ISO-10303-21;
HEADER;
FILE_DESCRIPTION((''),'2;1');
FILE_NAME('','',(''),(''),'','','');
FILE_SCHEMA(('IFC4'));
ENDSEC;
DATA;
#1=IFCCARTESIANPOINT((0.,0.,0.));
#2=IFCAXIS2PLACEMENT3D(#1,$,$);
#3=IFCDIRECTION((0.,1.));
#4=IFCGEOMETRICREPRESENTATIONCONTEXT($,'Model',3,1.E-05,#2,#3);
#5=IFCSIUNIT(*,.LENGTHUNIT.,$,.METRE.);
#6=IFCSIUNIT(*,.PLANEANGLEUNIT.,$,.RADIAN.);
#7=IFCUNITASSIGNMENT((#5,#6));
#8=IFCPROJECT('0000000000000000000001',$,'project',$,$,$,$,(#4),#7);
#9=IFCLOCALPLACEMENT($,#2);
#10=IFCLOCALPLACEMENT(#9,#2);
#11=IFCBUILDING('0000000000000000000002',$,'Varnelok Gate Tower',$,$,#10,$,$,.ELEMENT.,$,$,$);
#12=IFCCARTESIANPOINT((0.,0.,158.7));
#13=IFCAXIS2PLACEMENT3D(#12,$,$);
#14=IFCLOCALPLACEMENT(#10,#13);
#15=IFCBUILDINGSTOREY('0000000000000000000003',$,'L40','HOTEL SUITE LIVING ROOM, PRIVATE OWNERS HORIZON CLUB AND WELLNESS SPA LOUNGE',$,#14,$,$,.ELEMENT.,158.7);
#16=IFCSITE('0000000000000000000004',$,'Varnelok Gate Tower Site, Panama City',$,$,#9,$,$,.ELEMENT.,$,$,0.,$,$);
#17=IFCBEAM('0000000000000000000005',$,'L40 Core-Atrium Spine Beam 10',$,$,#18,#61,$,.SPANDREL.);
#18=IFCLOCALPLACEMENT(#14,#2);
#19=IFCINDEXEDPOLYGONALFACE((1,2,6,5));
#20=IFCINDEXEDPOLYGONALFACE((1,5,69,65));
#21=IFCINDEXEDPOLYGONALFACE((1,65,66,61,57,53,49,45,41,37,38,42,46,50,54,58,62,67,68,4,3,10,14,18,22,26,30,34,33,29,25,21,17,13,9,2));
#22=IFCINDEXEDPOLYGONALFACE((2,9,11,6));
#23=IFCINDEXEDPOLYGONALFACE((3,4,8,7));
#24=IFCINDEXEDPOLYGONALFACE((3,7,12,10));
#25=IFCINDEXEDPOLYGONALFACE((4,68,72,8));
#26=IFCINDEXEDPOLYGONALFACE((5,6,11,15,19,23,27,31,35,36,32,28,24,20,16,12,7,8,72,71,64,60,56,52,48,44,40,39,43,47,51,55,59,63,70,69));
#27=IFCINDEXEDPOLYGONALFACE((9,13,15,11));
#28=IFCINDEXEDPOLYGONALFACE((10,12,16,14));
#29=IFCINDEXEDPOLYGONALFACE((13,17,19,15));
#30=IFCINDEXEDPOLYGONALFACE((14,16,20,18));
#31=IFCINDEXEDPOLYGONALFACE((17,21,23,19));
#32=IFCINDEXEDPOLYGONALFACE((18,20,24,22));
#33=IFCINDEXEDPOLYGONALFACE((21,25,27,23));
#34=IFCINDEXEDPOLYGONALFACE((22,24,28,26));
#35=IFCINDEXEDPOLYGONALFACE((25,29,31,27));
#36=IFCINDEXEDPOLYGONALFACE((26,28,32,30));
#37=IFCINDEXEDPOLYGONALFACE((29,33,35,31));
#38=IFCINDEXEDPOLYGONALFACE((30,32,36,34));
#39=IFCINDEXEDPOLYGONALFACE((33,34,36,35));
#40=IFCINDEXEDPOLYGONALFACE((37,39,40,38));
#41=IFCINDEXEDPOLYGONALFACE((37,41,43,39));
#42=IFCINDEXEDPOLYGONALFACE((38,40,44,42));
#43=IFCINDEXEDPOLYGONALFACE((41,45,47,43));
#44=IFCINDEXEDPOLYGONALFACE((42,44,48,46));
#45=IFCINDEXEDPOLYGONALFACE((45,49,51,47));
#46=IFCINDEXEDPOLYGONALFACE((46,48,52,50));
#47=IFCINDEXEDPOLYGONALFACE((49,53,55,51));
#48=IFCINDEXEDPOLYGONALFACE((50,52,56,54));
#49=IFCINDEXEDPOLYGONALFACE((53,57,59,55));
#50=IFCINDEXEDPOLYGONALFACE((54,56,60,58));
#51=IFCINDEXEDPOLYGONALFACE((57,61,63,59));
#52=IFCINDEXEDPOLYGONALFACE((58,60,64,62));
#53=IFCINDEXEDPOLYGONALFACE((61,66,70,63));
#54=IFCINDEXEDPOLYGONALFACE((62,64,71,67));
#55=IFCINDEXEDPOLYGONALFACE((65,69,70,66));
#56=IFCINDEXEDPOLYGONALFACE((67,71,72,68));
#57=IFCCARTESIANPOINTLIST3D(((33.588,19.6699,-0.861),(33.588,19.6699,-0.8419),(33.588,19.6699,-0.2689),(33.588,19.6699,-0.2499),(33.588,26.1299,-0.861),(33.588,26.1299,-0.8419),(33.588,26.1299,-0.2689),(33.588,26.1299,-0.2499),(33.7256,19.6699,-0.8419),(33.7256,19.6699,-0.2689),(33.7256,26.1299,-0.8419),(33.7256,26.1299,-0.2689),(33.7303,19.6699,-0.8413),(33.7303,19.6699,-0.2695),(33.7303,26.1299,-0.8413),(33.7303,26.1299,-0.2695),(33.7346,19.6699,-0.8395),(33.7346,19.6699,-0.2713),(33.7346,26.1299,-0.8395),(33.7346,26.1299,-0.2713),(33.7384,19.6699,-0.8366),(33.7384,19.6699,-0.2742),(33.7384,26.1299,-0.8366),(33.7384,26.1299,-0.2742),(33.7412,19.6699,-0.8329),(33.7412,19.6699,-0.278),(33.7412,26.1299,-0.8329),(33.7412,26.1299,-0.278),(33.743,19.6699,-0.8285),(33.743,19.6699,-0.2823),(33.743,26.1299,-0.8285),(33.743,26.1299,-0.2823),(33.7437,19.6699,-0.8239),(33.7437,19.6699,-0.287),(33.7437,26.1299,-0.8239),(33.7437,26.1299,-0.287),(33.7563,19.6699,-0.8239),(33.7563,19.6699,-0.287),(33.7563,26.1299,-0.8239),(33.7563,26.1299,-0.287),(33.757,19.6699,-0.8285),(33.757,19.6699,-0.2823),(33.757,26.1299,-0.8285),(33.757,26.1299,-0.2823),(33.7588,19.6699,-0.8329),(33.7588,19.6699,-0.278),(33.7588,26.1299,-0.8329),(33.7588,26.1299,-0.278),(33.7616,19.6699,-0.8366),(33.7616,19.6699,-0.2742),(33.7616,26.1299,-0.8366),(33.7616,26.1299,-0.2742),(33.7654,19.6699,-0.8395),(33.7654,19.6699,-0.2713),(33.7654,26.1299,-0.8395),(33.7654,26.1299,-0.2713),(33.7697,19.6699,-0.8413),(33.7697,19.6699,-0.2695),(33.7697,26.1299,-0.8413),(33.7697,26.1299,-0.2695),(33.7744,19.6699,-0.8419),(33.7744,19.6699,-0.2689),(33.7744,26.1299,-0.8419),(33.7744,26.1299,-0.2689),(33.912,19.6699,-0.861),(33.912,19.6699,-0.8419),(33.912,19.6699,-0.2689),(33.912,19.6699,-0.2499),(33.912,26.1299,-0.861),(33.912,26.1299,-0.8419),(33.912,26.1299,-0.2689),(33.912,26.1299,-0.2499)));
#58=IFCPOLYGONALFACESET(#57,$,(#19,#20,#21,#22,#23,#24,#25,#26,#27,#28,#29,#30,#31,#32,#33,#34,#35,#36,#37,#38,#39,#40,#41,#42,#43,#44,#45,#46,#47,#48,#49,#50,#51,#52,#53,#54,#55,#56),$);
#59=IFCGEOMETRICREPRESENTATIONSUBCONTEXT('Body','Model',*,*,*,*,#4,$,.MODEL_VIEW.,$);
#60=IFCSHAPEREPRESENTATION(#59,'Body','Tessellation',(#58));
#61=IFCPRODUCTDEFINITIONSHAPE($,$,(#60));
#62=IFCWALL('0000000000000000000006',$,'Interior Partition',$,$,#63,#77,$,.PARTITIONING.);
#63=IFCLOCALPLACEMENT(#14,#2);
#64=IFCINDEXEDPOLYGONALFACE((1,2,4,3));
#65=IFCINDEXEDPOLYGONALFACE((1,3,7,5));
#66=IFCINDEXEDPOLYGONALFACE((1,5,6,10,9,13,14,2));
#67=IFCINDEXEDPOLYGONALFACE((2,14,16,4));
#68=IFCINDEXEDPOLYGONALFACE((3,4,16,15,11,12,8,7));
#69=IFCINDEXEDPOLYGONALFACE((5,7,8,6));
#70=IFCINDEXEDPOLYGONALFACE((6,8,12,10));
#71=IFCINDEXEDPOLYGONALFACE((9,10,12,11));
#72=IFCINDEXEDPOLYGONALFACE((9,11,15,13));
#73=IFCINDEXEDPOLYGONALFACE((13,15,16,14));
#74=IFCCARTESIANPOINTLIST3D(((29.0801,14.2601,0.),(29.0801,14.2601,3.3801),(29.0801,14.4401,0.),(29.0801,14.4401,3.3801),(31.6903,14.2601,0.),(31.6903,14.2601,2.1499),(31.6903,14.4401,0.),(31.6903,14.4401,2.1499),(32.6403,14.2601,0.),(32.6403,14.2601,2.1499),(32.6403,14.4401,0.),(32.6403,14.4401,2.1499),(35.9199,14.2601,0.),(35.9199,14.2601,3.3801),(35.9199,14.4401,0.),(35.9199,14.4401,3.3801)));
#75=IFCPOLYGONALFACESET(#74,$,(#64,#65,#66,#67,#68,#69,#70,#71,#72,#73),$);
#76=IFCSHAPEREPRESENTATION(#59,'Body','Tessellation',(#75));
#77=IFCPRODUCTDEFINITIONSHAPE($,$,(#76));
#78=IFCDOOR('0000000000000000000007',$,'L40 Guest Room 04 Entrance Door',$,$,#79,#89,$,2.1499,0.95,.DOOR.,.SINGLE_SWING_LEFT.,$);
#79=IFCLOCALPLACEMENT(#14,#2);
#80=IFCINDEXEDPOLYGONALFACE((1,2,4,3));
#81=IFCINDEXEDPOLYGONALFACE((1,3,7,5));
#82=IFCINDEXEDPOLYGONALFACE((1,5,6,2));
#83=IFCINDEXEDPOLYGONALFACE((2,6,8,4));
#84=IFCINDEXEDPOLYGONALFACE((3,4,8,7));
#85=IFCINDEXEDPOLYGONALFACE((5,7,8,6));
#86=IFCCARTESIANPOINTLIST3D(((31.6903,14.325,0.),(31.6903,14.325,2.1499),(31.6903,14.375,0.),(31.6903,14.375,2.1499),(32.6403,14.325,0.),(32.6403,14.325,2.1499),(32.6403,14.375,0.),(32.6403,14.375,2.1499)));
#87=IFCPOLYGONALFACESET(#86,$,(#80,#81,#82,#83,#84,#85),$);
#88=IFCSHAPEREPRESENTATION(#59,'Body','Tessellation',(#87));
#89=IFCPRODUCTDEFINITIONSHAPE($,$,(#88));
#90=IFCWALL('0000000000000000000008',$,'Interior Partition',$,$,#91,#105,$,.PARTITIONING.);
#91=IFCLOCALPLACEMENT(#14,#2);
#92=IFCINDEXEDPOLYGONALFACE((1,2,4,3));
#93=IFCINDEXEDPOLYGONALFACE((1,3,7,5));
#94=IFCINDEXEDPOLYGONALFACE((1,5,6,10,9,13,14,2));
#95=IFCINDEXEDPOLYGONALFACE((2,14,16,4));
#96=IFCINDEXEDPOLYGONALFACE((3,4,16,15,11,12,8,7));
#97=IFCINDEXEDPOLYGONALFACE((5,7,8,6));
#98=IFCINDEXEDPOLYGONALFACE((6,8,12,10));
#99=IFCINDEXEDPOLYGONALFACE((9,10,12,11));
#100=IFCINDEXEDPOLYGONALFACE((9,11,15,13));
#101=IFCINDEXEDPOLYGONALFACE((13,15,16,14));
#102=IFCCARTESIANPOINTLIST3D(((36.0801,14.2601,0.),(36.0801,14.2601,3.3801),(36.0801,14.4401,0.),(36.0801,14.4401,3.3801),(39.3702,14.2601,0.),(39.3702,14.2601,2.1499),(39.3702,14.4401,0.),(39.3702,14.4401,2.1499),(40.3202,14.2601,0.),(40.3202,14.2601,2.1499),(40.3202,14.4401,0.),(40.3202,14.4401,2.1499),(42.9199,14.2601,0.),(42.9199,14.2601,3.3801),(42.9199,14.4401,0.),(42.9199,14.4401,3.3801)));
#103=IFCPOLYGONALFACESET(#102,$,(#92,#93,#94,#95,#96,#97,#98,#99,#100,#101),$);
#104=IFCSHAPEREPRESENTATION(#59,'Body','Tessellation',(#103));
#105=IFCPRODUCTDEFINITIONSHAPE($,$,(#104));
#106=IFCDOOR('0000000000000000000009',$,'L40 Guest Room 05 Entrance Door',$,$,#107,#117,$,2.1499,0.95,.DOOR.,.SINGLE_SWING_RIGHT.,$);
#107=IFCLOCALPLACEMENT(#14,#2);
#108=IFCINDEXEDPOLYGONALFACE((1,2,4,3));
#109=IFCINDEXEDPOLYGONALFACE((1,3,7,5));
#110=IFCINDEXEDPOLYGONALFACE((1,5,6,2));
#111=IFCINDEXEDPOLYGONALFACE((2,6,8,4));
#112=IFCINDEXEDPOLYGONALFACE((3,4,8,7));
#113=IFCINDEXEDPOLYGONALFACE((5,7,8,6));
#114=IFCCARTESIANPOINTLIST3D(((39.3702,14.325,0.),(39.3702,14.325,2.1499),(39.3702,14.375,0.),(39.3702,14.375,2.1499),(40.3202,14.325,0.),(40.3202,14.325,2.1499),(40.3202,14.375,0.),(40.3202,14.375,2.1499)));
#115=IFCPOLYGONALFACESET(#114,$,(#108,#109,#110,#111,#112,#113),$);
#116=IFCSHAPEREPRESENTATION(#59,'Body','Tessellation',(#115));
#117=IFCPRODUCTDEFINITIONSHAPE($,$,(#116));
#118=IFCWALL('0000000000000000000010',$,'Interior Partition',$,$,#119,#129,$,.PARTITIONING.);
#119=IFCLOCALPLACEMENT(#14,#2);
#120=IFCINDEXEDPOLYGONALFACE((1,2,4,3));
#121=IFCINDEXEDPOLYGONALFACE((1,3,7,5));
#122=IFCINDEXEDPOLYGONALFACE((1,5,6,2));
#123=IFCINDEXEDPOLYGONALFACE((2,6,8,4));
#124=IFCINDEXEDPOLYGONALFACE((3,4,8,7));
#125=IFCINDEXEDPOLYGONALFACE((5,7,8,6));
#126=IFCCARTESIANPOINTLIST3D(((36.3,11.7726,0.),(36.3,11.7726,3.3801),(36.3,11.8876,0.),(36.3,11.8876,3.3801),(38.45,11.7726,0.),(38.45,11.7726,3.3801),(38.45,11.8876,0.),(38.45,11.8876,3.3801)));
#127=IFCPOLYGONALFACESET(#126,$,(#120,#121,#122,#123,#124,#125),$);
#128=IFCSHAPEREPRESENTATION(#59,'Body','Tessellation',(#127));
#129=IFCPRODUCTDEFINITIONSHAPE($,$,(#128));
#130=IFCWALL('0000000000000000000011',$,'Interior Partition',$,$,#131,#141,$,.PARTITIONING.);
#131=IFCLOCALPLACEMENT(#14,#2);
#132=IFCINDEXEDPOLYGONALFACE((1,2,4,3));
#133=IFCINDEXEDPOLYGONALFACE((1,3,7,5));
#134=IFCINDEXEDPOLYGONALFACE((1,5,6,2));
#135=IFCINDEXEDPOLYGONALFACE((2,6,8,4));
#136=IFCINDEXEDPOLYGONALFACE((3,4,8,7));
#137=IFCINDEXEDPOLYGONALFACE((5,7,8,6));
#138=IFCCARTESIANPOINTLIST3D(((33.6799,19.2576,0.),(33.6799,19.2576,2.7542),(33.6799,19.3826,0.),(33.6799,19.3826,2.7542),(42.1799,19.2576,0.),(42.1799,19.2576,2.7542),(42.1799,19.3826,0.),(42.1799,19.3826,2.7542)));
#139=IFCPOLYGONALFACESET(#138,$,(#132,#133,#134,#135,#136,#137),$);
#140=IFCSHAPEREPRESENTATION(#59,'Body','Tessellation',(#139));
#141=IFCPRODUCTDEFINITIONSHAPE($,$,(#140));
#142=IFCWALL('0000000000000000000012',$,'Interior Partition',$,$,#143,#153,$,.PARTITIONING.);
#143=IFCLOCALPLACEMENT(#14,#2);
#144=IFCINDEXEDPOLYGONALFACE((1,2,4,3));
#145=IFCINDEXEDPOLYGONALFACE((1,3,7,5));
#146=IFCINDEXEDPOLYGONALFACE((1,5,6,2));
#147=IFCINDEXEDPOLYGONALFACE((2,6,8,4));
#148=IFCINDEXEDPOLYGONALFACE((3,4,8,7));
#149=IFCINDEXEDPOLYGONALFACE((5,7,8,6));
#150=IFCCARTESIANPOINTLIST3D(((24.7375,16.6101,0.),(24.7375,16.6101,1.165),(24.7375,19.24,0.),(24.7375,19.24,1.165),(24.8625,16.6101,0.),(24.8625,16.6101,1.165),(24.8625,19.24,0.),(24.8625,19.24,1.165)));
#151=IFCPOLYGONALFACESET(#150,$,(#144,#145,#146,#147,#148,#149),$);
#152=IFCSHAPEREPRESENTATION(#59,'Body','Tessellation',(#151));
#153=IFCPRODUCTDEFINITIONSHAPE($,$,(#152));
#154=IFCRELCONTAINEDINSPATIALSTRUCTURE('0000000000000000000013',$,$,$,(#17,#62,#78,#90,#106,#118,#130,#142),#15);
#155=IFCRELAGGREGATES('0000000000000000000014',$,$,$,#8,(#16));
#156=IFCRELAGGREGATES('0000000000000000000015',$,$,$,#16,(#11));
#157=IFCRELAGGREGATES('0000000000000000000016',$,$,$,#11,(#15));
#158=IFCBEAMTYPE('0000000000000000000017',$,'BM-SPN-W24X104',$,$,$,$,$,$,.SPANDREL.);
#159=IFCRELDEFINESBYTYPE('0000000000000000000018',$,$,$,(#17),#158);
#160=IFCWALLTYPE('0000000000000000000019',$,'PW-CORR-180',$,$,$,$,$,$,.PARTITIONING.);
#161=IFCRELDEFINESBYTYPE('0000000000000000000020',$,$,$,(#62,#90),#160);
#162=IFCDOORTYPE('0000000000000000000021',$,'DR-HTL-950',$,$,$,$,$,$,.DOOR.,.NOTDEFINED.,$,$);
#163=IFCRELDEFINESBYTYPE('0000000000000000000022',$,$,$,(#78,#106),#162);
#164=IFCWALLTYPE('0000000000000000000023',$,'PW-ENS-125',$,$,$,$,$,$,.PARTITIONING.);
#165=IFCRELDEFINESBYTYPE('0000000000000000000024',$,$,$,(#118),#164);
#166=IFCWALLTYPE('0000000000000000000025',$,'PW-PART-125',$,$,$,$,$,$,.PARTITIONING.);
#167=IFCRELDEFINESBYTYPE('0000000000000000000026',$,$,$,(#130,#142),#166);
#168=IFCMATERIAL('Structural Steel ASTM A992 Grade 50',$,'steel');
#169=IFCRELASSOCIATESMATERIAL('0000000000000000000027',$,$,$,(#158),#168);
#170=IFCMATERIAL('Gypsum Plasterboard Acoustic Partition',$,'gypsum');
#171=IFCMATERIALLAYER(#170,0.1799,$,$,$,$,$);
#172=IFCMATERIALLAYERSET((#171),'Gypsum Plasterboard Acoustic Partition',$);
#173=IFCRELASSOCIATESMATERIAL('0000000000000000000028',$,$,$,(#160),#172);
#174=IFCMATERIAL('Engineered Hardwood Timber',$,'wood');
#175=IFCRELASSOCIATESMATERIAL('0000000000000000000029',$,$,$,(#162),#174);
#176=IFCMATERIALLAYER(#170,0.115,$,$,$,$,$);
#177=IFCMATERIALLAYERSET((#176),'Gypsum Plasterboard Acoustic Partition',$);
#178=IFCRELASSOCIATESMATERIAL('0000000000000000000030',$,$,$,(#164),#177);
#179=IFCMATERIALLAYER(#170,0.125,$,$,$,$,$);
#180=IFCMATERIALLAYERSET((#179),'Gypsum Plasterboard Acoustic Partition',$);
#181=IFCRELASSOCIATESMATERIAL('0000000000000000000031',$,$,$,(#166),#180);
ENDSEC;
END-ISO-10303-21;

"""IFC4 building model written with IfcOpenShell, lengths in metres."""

from ifc_helpers import new_model, si_unit, direction, frame, frame_2d, origin, origin_2d, place, context, subcontext, project, spatial, rectangle, i_section, extrude, material, layer, layer_set, material_profile, profile_set, type_object, element, fill, save


model = new_model("IFC4")

# Units and contexts
model_context = context("Model", 3, precision=1e-05, world=origin(), true_north=direction((0.0, 1.0)))
body_context = subcontext(model_context, "Body", "Model", "MODEL_VIEW")
ifc_project = project(units=[si_unit("LENGTHUNIT", "METRE"), si_unit("PLANEANGLEUNIT", "RADIAN")], contexts=[model_context])

# Site, building, storey
site_placement = place(None, origin())
site = spatial("IfcSite", under=ifc_project, at=site_placement, Name="Varnelok Gate Tower Site, Panama City", CompositionType="ELEMENT", RefElevation=0.0)
building_placement = place(site_placement, origin())
building = spatial("IfcBuilding", under=site, at=building_placement, Name="Varnelok Gate Tower", CompositionType="ELEMENT")
storey_placement = place(building_placement, frame((0.0, 0.0, 158.7)))
storey = spatial("IfcBuildingStorey", under=building, at=storey_placement, Name="L40", Description="HOTEL SUITE LIVING ROOM, PRIVATE OWNERS HORIZON CLUB AND WELLNESS SPA LOUNGE", CompositionType="ELEMENT", Elevation=158.7)

# Shared definitions
ifc_material_1 = material(Name="Structural Steel ASTM A992 Grade 50", Category="steel")

# Beam
ifc_material_profile_1 = material_profile(ifc_material_1, i_section(OverallWidth=0.324, OverallDepth=0.6111, WebThickness=0.0127, FlangeThickness=0.019, FilletRadius=0.0181, at=origin_2d()), Name="W24X104")
ifc_profile_set_1 = profile_set([ifc_material_profile_1], Name="Structural Steel ASTM A992 Grade 50")
beam_type_1 = type_object("IfcBeamType", Name="BM-SPN-W24X104", PredefinedType="SPANDREL", material=ifc_profile_set_1)
beam_1_placement = place(storey_placement, frame((33.75, 19.6699, -0.5554), z_axis=(0.0, 1.0, 0.0), x_axis=(-1.0, 0.0, 0.0)))
element("IfcBeam", 1, at=beam_1_placement, inside=storey, type_object=beam_type_1, Name="L40 Core-Atrium Spine Beam 10", PredefinedType="SPANDREL", context=body_context, shape_type="SweptSolid", body=[
    extrude(i_section(OverallWidth=0.324, OverallDepth=0.6111, WebThickness=0.0127, FlangeThickness=0.019, FilletRadius=0.0181, at=origin_2d()), origin(), (0.0, 0.0, 1.0), 6.46),
])

# Walls, openings, doors
ifc_material_2 = material(Name="Gypsum Plasterboard Acoustic Partition", Category="gypsum")
ifc_layer_1 = layer(ifc_material_2, 0.1799)
ifc_layer_set_1 = layer_set([ifc_layer_1], Name="Gypsum Plasterboard Acoustic Partition")
wall_type_1 = type_object("IfcWallType", Name="PW-CORR-180", PredefinedType="PARTITIONING", material=ifc_layer_set_1)
wall_1_placement = place(storey_placement, frame((29.0801, 14.3501, 0.0), z_axis=(0.0, 0.0, 1.0), x_axis=(1.0, 0.0, 0.0)))
wall_1 = element("IfcWall", 2, at=wall_1_placement, inside=storey, type_object=wall_type_1, Name="Interior Partition", PredefinedType="PARTITIONING", context=body_context, shape_type="SweptSolid", body=[
    extrude(rectangle(XDim=6.8398, YDim=0.1799, at=frame_2d((3.4199, 0.0))), origin(), (0.0, 0.0, 1.0), 3.3801),
])
opening_1_placement = place(wall_1_placement, frame((2.6101, 0.0, 0.0)))
opening_1 = element("IfcOpeningElement", 3, at=opening_1_placement, cuts=wall_1, PredefinedType="OPENING", context=body_context, shape_type="SweptSolid", body=[
    extrude(rectangle(XDim=0.95, YDim=2.1499, at=frame_2d((0.4751, 1.075))), frame((0.0, 0.0999, 0.0), z_axis=(0.0, -1.0, 0.0), x_axis=(1.0, 0.0, 0.0)), (0.0, 0.0, 1.0), 0.2),
])
ifc_material_3 = material(Name="Engineered Hardwood Timber", Category="wood")
door_type_1 = type_object("IfcDoorType", Name="DR-HTL-950", OperationType="NOTDEFINED", PredefinedType="DOOR", material=ifc_material_3)
door_1_placement = place(opening_1_placement, origin())
door_1 = element("IfcDoor", 4, at=door_1_placement, inside=storey, type_object=door_type_1, Name="L40 Guest Room 04 Entrance Door", OperationType="SINGLE_SWING_LEFT", OverallHeight=2.1499, OverallWidth=0.95, PredefinedType="DOOR", context=body_context, shape_type="SweptSolid", body=[
    extrude(rectangle(XDim=0.95, YDim=2.1499, at=frame_2d((0.4751, 1.075))), frame((0.0, 0.0249, 0.0), z_axis=(0.0, -1.0, 0.0), x_axis=(1.0, 0.0, 0.0)), (0.0, 0.0, 1.0), 0.05),
])
fill(opening_1, door_1)
wall_2_placement = place(storey_placement, frame((36.0801, 14.3501, 0.0), z_axis=(0.0, 0.0, 1.0), x_axis=(1.0, 0.0, 0.0)))
wall_2 = element("IfcWall", 5, at=wall_2_placement, inside=storey, type_object=wall_type_1, Name="Interior Partition", PredefinedType="PARTITIONING", context=body_context, shape_type="SweptSolid", body=[
    extrude(rectangle(XDim=6.8398, YDim=0.1799, at=frame_2d((3.4199, 0.0))), origin(), (0.0, 0.0, 1.0), 3.3801),
])
opening_2_placement = place(wall_2_placement, frame((3.29, 0.0, 0.0)))
opening_2 = element("IfcOpeningElement", 6, at=opening_2_placement, cuts=wall_2, PredefinedType="OPENING", context=body_context, shape_type="SweptSolid", body=[
    extrude(rectangle(XDim=0.95, YDim=2.1499, at=frame_2d((0.4751, 1.075))), frame((0.0, 0.0999, 0.0), z_axis=(0.0, -1.0, 0.0), x_axis=(1.0, 0.0, 0.0)), (0.0, 0.0, 1.0), 0.2),
])
door_2_placement = place(opening_2_placement, origin())
door_2 = element("IfcDoor", 7, at=door_2_placement, inside=storey, type_object=door_type_1, Name="L40 Guest Room 05 Entrance Door", OperationType="SINGLE_SWING_RIGHT", OverallHeight=2.1499, OverallWidth=0.95, PredefinedType="DOOR", context=body_context, shape_type="SweptSolid", body=[
    extrude(rectangle(XDim=0.95, YDim=2.1499, at=frame_2d((0.4751, 1.075))), frame((0.0, 0.0249, 0.0), z_axis=(0.0, -1.0, 0.0), x_axis=(1.0, 0.0, 0.0)), (0.0, 0.0, 1.0), 0.05),
])
fill(opening_2, door_2)

# Walls
ifc_layer_2 = layer(ifc_material_2, 0.115)
ifc_layer_set_2 = layer_set([ifc_layer_2], Name="Gypsum Plasterboard Acoustic Partition")
wall_type_2 = type_object("IfcWallType", Name="PW-ENS-125", PredefinedType="PARTITIONING", material=ifc_layer_set_2)
wall_3_placement = place(storey_placement, frame((36.3, 11.8301, 0.0), z_axis=(0.0, 0.0, 1.0), x_axis=(1.0, 0.0, 0.0)))
element("IfcWall", 8, at=wall_3_placement, inside=storey, type_object=wall_type_2, Name="Interior Partition", PredefinedType="PARTITIONING", context=body_context, shape_type="SweptSolid", body=[
    extrude(rectangle(XDim=2.1499, YDim=0.115, at=frame_2d((1.075, 0.0))), origin(), (0.0, 0.0, 1.0), 3.3801),
])
ifc_layer_3 = layer(ifc_material_2, 0.125)
ifc_layer_set_3 = layer_set([ifc_layer_3], Name="Gypsum Plasterboard Acoustic Partition")
wall_type_3 = type_object("IfcWallType", Name="PW-PART-125", PredefinedType="PARTITIONING", material=ifc_layer_set_3)
wall_4_placement = place(storey_placement, frame((33.6799, 19.3201, 0.0), z_axis=(0.0, 0.0, 1.0), x_axis=(1.0, 0.0, 0.0)))
element("IfcWall", 9, at=wall_4_placement, inside=storey, type_object=wall_type_3, Name="Interior Partition", PredefinedType="PARTITIONING", context=body_context, shape_type="SweptSolid", body=[
    extrude(rectangle(XDim=8.5, YDim=0.125, at=frame_2d((4.25, 0.0))), origin(), (0.0, 0.0, 1.0), 2.7542),
])
wall_5_placement = place(storey_placement, frame((24.8, 16.6101, 0.0), z_axis=(0.0, 0.0, 1.0), x_axis=(0.0, 1.0, 0.0)))
element("IfcWall", 10, at=wall_5_placement, inside=storey, type_object=wall_type_3, Name="Interior Partition", PredefinedType="PARTITIONING", context=body_context, shape_type="SweptSolid", body=[
    extrude(rectangle(XDim=2.6299, YDim=0.125, at=frame_2d((1.3149, 0.0))), origin(), (0.0, 0.0, 1.0), 1.165),
])

save(model, "model.ifc")
